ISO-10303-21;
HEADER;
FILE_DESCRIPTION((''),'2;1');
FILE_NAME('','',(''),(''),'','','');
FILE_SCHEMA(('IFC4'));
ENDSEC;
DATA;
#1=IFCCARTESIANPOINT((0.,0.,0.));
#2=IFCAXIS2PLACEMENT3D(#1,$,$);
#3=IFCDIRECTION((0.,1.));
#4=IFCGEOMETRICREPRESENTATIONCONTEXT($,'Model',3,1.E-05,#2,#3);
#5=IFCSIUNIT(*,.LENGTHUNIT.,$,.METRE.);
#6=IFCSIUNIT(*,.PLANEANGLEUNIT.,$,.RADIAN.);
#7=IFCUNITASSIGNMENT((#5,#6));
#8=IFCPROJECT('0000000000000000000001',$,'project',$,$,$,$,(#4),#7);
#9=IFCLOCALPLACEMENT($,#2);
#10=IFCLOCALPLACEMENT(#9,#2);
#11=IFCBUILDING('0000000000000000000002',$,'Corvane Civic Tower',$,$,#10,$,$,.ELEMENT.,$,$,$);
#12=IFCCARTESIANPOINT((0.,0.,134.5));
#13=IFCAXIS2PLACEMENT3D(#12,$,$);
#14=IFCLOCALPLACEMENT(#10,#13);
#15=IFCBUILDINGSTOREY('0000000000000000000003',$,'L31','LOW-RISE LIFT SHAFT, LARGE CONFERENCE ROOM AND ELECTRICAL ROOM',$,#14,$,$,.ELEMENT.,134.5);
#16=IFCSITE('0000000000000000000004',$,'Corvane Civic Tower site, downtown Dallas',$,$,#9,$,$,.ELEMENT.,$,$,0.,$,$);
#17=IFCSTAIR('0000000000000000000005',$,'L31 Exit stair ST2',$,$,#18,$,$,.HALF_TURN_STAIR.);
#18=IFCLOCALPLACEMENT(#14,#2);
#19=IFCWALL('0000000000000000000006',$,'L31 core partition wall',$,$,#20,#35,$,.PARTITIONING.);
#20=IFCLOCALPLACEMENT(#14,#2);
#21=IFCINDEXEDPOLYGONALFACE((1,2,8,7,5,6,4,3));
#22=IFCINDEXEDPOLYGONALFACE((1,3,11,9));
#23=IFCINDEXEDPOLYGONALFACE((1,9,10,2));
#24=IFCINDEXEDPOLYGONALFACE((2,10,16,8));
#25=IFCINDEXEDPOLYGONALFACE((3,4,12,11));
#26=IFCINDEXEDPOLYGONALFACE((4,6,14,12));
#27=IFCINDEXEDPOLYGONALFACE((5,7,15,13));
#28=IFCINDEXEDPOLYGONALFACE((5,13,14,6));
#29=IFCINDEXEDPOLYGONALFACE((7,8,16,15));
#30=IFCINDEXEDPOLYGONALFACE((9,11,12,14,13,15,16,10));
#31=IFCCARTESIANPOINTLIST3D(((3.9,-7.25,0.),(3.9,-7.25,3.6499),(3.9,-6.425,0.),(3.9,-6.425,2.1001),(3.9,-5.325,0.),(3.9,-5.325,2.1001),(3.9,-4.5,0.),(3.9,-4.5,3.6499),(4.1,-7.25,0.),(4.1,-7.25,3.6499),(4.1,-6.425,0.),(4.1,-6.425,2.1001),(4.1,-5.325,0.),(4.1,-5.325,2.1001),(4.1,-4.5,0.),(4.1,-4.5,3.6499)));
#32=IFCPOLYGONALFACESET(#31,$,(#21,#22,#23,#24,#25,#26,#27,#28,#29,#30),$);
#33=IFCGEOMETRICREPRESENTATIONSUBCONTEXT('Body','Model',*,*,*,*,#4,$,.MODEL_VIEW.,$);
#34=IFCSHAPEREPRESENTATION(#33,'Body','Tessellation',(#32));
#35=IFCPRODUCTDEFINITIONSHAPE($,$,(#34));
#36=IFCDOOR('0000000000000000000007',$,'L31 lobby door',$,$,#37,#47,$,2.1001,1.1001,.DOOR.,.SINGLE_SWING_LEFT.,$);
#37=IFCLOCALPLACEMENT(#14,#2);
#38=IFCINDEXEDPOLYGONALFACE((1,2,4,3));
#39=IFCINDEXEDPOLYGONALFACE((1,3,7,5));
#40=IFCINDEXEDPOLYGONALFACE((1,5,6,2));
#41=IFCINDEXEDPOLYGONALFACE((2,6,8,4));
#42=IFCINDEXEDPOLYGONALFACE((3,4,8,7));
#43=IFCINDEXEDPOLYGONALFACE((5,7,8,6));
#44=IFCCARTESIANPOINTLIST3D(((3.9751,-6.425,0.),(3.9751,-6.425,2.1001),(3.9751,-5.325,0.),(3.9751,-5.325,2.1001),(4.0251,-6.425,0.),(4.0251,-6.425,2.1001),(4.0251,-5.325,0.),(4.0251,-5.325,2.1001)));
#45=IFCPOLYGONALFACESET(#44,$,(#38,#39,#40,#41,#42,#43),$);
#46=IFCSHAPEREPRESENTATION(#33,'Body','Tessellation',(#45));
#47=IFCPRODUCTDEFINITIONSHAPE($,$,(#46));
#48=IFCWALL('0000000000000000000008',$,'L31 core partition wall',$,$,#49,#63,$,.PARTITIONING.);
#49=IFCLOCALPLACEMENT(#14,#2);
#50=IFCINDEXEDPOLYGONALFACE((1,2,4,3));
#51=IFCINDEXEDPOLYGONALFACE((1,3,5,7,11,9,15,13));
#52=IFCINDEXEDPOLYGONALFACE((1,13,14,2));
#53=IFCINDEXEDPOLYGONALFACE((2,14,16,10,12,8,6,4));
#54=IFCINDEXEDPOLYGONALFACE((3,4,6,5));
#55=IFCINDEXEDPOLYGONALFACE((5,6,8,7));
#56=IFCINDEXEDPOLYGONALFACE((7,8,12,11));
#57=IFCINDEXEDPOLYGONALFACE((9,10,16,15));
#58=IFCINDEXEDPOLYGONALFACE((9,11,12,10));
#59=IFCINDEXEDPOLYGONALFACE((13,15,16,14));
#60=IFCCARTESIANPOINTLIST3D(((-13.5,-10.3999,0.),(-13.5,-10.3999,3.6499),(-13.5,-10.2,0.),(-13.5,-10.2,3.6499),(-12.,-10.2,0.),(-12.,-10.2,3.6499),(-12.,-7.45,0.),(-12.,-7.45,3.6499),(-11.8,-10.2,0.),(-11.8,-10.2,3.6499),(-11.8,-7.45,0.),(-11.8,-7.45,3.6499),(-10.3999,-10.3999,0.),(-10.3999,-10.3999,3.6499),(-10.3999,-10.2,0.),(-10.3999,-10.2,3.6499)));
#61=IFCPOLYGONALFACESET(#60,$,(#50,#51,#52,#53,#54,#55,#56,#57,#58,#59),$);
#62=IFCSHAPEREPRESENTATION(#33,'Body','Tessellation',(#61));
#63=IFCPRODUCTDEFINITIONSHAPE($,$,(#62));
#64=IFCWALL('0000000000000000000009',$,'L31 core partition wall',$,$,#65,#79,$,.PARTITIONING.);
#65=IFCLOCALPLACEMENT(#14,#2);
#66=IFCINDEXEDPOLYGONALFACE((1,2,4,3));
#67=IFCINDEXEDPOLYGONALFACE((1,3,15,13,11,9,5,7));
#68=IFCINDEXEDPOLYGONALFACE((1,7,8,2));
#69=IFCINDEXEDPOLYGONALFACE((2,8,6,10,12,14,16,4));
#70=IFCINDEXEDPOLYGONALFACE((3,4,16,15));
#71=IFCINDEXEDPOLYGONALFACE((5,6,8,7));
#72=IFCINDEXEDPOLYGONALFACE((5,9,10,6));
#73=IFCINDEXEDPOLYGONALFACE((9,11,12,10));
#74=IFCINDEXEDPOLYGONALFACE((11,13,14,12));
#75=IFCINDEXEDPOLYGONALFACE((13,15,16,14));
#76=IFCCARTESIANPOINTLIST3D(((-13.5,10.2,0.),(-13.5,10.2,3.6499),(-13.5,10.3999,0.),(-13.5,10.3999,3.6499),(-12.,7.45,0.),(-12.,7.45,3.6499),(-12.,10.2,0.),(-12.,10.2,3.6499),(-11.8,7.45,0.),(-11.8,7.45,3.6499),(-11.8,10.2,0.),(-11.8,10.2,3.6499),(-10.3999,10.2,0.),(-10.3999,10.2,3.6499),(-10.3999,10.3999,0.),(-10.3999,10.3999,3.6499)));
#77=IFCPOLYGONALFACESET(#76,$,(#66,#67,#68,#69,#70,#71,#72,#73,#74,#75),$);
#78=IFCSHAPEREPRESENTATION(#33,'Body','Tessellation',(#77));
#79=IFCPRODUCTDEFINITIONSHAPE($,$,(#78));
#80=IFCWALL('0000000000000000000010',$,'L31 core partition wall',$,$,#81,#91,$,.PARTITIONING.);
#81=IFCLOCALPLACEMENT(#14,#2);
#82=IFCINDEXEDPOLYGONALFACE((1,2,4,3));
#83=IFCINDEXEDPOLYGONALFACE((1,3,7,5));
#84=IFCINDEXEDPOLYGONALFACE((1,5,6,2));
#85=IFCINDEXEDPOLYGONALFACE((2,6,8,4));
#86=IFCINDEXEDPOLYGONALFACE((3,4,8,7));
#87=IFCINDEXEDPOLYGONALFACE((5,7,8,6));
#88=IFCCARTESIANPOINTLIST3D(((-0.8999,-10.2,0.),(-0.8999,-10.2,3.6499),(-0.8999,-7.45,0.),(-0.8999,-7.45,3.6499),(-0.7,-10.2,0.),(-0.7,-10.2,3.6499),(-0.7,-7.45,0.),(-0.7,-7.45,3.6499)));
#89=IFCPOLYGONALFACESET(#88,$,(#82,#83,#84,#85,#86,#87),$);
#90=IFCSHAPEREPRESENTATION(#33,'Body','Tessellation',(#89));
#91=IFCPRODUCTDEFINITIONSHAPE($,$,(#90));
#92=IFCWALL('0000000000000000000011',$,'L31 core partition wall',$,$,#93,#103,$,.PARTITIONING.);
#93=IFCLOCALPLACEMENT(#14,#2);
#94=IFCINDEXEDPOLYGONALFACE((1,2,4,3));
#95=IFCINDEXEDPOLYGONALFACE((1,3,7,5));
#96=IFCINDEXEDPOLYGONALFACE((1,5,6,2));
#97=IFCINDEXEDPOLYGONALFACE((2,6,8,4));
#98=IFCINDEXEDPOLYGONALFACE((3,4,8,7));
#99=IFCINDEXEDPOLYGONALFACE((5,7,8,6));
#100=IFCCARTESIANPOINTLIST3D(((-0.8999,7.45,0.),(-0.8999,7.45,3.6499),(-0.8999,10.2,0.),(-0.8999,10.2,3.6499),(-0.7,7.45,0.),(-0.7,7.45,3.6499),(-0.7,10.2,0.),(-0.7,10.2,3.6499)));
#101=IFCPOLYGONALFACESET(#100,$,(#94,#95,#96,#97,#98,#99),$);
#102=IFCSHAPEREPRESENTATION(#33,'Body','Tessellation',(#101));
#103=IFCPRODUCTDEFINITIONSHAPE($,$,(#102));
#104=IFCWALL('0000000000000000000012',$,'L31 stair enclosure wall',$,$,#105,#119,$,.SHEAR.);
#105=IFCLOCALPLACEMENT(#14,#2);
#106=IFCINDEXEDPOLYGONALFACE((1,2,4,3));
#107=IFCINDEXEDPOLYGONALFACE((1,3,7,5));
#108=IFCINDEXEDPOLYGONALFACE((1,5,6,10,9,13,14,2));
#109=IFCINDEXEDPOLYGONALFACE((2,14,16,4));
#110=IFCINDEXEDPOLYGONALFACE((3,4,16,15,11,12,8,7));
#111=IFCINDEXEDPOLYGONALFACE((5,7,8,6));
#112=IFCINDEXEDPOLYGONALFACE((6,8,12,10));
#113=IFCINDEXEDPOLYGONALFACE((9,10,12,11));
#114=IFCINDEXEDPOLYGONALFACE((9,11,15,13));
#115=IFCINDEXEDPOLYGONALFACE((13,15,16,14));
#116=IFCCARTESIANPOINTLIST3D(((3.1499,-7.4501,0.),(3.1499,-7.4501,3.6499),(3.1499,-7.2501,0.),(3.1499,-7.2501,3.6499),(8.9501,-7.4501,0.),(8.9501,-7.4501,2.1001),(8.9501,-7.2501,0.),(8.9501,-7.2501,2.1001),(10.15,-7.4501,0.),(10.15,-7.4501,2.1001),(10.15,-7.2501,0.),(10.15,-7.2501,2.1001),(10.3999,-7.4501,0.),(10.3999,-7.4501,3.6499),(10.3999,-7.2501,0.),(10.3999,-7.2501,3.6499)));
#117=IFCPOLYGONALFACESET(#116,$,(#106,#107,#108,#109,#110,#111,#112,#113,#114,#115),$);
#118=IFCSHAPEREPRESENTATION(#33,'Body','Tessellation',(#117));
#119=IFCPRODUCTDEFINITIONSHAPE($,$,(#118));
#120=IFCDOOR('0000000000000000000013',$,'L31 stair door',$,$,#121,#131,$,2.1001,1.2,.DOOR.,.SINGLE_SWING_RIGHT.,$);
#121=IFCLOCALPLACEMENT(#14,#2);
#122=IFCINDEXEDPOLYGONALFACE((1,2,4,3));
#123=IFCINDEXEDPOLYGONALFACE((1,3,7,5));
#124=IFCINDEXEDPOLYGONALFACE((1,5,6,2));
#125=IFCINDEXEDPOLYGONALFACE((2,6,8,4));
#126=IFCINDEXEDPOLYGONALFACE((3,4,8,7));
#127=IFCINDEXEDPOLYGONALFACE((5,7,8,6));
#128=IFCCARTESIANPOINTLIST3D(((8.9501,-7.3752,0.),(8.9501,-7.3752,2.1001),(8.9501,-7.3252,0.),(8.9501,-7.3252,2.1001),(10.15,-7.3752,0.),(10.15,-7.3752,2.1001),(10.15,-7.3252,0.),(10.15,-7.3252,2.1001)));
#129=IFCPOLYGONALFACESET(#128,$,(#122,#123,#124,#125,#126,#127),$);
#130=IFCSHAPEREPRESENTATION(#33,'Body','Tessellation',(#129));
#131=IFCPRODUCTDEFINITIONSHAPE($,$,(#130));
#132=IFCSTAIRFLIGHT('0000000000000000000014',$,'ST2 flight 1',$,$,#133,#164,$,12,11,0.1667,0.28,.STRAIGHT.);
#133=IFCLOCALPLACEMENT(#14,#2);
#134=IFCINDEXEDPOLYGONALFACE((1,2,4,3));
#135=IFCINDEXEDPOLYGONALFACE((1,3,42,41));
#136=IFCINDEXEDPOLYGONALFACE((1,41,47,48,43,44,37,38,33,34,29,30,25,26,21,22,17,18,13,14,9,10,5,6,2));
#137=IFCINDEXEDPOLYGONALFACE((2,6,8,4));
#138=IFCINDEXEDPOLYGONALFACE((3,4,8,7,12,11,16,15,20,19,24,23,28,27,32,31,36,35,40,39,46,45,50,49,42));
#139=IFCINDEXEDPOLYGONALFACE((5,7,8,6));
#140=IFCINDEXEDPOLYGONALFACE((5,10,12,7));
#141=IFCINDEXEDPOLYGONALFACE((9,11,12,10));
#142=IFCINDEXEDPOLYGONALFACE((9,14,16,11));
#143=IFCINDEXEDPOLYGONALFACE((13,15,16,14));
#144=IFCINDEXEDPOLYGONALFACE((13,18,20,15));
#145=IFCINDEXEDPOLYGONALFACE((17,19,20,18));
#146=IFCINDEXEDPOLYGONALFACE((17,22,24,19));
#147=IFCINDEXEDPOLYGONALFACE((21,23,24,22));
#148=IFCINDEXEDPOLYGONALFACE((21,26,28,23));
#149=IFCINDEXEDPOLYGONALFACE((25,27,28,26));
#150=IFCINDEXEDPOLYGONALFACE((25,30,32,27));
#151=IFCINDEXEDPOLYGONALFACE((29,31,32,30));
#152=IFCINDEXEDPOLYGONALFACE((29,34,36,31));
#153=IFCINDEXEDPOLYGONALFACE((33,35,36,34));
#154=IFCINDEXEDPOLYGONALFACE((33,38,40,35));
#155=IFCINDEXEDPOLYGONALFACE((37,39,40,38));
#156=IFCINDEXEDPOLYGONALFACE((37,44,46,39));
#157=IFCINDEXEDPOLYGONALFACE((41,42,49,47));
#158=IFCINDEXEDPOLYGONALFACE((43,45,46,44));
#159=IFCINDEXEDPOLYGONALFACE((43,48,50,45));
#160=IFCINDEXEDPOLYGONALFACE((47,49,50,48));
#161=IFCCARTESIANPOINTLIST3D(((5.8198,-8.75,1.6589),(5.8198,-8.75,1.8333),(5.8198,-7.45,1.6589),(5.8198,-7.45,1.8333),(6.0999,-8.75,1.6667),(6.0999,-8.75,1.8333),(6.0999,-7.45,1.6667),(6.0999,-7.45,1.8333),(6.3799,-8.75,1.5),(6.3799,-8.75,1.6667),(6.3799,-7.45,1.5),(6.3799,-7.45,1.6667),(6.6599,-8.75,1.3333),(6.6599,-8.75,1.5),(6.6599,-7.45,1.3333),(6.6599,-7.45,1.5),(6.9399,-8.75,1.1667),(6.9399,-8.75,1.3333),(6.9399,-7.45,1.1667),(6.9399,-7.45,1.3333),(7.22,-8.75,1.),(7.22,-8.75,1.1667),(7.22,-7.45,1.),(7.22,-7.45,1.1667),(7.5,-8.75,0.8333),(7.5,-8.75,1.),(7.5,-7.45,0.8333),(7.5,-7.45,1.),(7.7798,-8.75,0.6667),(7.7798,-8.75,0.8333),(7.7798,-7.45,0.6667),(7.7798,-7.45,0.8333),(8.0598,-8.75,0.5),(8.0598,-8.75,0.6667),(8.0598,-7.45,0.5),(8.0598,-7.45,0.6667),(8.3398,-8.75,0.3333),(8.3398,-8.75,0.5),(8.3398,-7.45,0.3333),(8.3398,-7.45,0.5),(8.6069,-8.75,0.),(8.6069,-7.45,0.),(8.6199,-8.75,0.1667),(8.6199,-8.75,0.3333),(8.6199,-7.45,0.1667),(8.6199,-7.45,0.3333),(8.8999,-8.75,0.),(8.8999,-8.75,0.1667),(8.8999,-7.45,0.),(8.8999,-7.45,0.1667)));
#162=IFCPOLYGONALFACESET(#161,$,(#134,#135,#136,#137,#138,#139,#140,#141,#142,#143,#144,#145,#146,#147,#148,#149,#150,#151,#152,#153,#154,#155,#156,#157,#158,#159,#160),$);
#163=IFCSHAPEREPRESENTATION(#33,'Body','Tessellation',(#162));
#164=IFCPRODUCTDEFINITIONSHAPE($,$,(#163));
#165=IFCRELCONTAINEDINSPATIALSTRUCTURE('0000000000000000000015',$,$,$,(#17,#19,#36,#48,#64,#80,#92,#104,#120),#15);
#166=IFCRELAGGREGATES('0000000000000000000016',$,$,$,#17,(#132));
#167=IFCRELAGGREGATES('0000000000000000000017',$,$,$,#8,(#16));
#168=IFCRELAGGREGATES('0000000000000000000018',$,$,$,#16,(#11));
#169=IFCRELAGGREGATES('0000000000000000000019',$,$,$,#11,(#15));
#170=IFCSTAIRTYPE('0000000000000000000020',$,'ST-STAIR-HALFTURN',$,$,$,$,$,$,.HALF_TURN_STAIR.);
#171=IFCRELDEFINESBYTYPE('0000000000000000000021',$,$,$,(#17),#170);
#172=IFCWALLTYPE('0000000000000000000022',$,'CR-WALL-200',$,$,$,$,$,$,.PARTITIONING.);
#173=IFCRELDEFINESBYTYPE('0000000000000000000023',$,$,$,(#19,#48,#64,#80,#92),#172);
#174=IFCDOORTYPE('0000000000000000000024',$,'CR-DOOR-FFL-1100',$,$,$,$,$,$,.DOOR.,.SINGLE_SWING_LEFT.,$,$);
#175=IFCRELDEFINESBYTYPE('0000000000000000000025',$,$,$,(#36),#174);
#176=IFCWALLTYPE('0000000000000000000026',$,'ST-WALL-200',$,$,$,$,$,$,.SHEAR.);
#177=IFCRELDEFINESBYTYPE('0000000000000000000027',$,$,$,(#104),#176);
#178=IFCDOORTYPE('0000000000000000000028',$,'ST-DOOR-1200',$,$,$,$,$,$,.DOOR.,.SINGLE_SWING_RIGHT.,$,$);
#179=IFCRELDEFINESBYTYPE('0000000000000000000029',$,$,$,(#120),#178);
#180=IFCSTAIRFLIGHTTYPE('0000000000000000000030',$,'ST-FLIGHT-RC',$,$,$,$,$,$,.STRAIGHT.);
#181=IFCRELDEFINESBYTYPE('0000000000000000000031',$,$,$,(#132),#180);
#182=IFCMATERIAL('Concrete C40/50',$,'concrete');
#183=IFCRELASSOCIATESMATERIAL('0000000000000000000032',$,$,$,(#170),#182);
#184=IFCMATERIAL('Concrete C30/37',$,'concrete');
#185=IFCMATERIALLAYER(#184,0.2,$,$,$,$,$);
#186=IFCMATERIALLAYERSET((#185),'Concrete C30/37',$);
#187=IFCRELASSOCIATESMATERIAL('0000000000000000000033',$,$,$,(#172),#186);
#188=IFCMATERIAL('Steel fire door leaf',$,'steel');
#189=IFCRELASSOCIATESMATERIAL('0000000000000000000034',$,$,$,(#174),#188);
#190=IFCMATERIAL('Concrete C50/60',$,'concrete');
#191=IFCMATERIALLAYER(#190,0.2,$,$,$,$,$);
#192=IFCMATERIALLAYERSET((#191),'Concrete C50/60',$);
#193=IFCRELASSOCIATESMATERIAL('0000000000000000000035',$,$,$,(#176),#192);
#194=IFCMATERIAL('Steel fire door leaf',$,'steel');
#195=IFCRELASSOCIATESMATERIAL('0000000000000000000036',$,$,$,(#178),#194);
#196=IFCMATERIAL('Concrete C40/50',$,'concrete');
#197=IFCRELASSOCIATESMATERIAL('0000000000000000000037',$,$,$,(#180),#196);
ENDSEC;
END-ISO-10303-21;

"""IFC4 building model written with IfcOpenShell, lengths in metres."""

from ifc_helpers import new_model, si_unit, direction, frame, frame_2d, origin, place, context, subcontext, project, spatial, polyline, rectangle, outline, extrude, material, layer, layer_set, type_object, element, fill, aggregate, save


model = new_model("IFC4")

# Units and contexts
model_context = context("Model", 3, precision=1e-05, world=origin(), true_north=direction((0.0, 1.0)))
body_context = subcontext(model_context, "Body", "Model", "MODEL_VIEW")
ifc_project = project(units=[si_unit("LENGTHUNIT", "METRE"), si_unit("PLANEANGLEUNIT", "RADIAN")], contexts=[model_context])

# Site, building, storey
site_placement = place(None, origin())
site = spatial("IfcSite", under=ifc_project, at=site_placement, Name="Corvane Civic Tower site, downtown Dallas", CompositionType="ELEMENT", RefElevation=0.0)
building_placement = place(site_placement, origin())
building = spatial("IfcBuilding", under=site, at=building_placement, Name="Corvane Civic Tower", CompositionType="ELEMENT")
storey_placement = place(building_placement, frame((0.0, 0.0, 134.5)))
storey = spatial("IfcBuildingStorey", under=building, at=storey_placement, Name="L31", Description="LOW-RISE LIFT SHAFT, LARGE CONFERENCE ROOM AND ELECTRICAL ROOM", CompositionType="ELEMENT", Elevation=134.5)

# Stair
ifc_material_1 = material(Name="Concrete C40/50", Category="concrete")
stair_type = type_object("IfcStairType", Name="ST-STAIR-HALFTURN", PredefinedType="HALF_TURN_STAIR", material=ifc_material_1)
stair_1_placement = place(storey_placement, origin())
stair_1 = element("IfcStair", 1, at=stair_1_placement, inside=storey, type_object=stair_type, Name="L31 Exit stair ST2", PredefinedType="HALF_TURN_STAIR")

# Shared definitions
ifc_material_2 = material(Name="Concrete C30/37", Category="concrete")
ifc_layer_1 = layer(ifc_material_2, 0.2)
ifc_layer_set_1 = layer_set([ifc_layer_1], Name="Concrete C30/37")
wall_type_1 = type_object("IfcWallType", Name="CR-WALL-200", PredefinedType="PARTITIONING", material=ifc_layer_set_1)

# Wall, opening, door
ifc_material_3 = material(Name="Steel fire door leaf", Category="steel")
door_type_1 = type_object("IfcDoorType", Name="CR-DOOR-FFL-1100", OperationType="SINGLE_SWING_LEFT", PredefinedType="DOOR", material=ifc_material_3)
wall_1_placement = place(storey_placement, frame((4.0, -7.25, 0.0), z_axis=(0.0, 0.0, 1.0), x_axis=(0.0, 1.0, 0.0)))
wall_1 = element("IfcWall", 2, at=wall_1_placement, inside=storey, type_object=wall_type_1, Name="L31 core partition wall", PredefinedType="PARTITIONING", context=body_context, shape_type="SweptSolid", body=[
    extrude(rectangle(XDim=2.75, YDim=0.2, at=frame_2d((1.375, 0.0))), origin(), (0.0, 0.0, 1.0), 3.6499),
])
opening_1_placement = place(wall_1_placement, frame((0.825, 0.0, 0.0)))
opening_1 = element("IfcOpeningElement", 3, at=opening_1_placement, cuts=wall_1, PredefinedType="OPENING", context=body_context, shape_type="SweptSolid", body=[
    extrude(rectangle(XDim=1.1001, YDim=2.1001, at=frame_2d((0.55, 1.05))), frame((0.0, 0.1099, 0.0), z_axis=(0.0, -1.0, 0.0), x_axis=(1.0, 0.0, 0.0)), (0.0, 0.0, 1.0), 0.22),
])
door_1_placement = place(opening_1_placement, origin())
door_1 = element("IfcDoor", 4, at=door_1_placement, inside=storey, type_object=door_type_1, Name="L31 lobby door", OperationType="SINGLE_SWING_LEFT", OverallHeight=2.1001, OverallWidth=1.1001, PredefinedType="DOOR", context=body_context, shape_type="SweptSolid", body=[
    extrude(rectangle(XDim=1.1001, YDim=2.1001, at=frame_2d((0.55, 1.05))), frame((0.0, 0.0249, 0.0), z_axis=(0.0, -1.0, 0.0), x_axis=(1.0, 0.0, 0.0)), (0.0, 0.0, 1.0), 0.05),
])
fill(opening_1, door_1)

# Walls
wall_2_placement = place(storey_placement, origin())
element("IfcWall", 5, at=wall_2_placement, inside=storey, type_object=wall_type_1, Name="L31 core partition wall", PredefinedType="PARTITIONING", context=body_context, shape_type="SweptSolid", body=[
    extrude(outline(polyline([(-12.0, -7.45), (-11.8, -7.45), (-11.8, -10.2), (-10.3999, -10.2), (-10.3999, -10.3999), (-13.5, -10.3999), (-13.5, -10.2), (-12.0, -10.2), (-12.0, -7.45)])), origin(), (0.0, 0.0, 1.0), 3.6499),
])
wall_3_placement = place(storey_placement, origin())
element("IfcWall", 6, at=wall_3_placement, inside=storey, type_object=wall_type_1, Name="L31 core partition wall", PredefinedType="PARTITIONING", context=body_context, shape_type="SweptSolid", body=[
    extrude(outline(polyline([(-13.5, 10.3999), (-10.3999, 10.3999), (-10.3999, 10.2), (-11.8, 10.2), (-11.8, 7.45), (-12.0, 7.45), (-12.0, 10.2), (-13.5, 10.2), (-13.5, 10.3999)])), origin(), (0.0, 0.0, 1.0), 3.6499),
])
wall_4_placement = place(storey_placement, origin())
element("IfcWall", 7, at=wall_4_placement, inside=storey, type_object=wall_type_1, Name="L31 core partition wall", PredefinedType="PARTITIONING", context=body_context, shape_type="SweptSolid", body=[
    extrude(outline(polyline([(-0.7, -10.2), (-0.8999, -10.2), (-0.8999, -7.45), (-0.7, -7.45), (-0.7, -10.2)])), origin(), (0.0, 0.0, 1.0), 3.6499),
])
wall_5_placement = place(storey_placement, origin())
element("IfcWall", 8, at=wall_5_placement, inside=storey, type_object=wall_type_1, Name="L31 core partition wall", PredefinedType="PARTITIONING", context=body_context, shape_type="SweptSolid", body=[
    extrude(outline(polyline([(-0.7, 7.45), (-0.8999, 7.45), (-0.8999, 10.2), (-0.7, 10.2), (-0.7, 7.45)])), origin(), (0.0, 0.0, 1.0), 3.6499),
])

# Wall, opening, door
ifc_material_4 = material(Name="Concrete C50/60", Category="concrete")
ifc_layer_2 = layer(ifc_material_4, 0.2)
ifc_layer_set_2 = layer_set([ifc_layer_2], Name="Concrete C50/60")
wall_type_2 = type_object("IfcWallType", Name="ST-WALL-200", PredefinedType="SHEAR", material=ifc_layer_set_2)
wall_6_placement = place(storey_placement, frame((3.1499, -7.3501, 0.0), z_axis=(0.0, 0.0, 1.0), x_axis=(1.0, 0.0, 0.0)))
wall_6 = element("IfcWall", 9, at=wall_6_placement, inside=storey, type_object=wall_type_2, Name="L31 stair enclosure wall", PredefinedType="SHEAR", context=body_context, shape_type="SweptSolid", body=[
    extrude(rectangle(XDim=7.25, YDim=0.2, at=frame_2d((3.625, 0.0))), origin(), (0.0, 0.0, 1.0), 3.6499),
])
opening_2_placement = place(wall_6_placement, frame((5.8, 0.0, 0.0)))
opening_2 = element("IfcOpeningElement", 10, at=opening_2_placement, cuts=wall_6, PredefinedType="OPENING", context=body_context, shape_type="SweptSolid", body=[
    extrude(rectangle(XDim=1.2, YDim=2.1001, at=frame_2d((0.6001, 1.05))), frame((0.0, 0.1099, 0.0), z_axis=(0.0, -1.0, 0.0), x_axis=(1.0, 0.0, 0.0)), (0.0, 0.0, 1.0), 0.22),
])
ifc_material_5 = material(Name="Steel fire door leaf", Category="steel")
door_type_2 = type_object("IfcDoorType", Name="ST-DOOR-1200", OperationType="SINGLE_SWING_RIGHT", PredefinedType="DOOR", material=ifc_material_5)
door_2_placement = place(opening_2_placement, origin())
door_2 = element("IfcDoor", 11, at=door_2_placement, inside=storey, type_object=door_type_2, Name="L31 stair door", OperationType="SINGLE_SWING_RIGHT", OverallHeight=2.1001, OverallWidth=1.2, PredefinedType="DOOR", context=body_context, shape_type="SweptSolid", body=[
    extrude(rectangle(XDim=1.2, YDim=2.1001, at=frame_2d((0.6001, 1.05))), frame((0.0, 0.0249, 0.0), z_axis=(0.0, -1.0, 0.0), x_axis=(1.0, 0.0, 0.0)), (0.0, 0.0, 1.0), 0.05),
])
fill(opening_2, door_2)

# Stair flight
ifc_material_6 = material(Name="Concrete C40/50", Category="concrete")
stair_flight_type = type_object("IfcStairFlightType", Name="ST-FLIGHT-RC", PredefinedType="STRAIGHT", material=ifc_material_6)
stair_flight_1_placement = place(storey_placement, frame((8.8999, -8.1001, 0.0), z_axis=(0.0, 0.0, 1.0), x_axis=(-1.0, 0.0, 0.0)))
stair_flight_1 = element("IfcStairFlight", 12, at=stair_flight_1_placement, type_object=stair_flight_type, Name="ST2 flight 1", NumberOfRisers=12, NumberOfTreads=11, PredefinedType="STRAIGHT", RiserHeight=0.1667, TreadLength=0.28, context=body_context, shape_type="SweptSolid", body=[
    extrude(outline(polyline([(0.0, 0.0), (0.0, 0.1667), (0.28, 0.1667), (0.28, 0.3333), (0.5601, 0.3333), (0.5601, 0.5), (0.8401, 0.5), (0.8401, 0.6667), (1.1201, 0.6667), (1.1201, 0.8333), (1.3999, 0.8333), (1.3999, 1.0), (1.6799, 1.0), (1.6799, 1.1667), (1.96, 1.1667), (1.96, 1.3333), (2.24, 1.3333), (2.24, 1.5), (2.52, 1.5), (2.52, 1.6667), (2.8, 1.6667), (2.8, 1.8333), (3.0801, 1.8333), (3.0801, 2.0), (3.0801, 1.6589), (0.293, 0.0), (0.0, 0.0)])), frame((0.0, 0.6499, 0.0), z_axis=(0.0, -1.0, 0.0), x_axis=(1.0, 0.0, 0.0)), (0.0, 0.0, 1.0), 1.3),
])
aggregate(stair_1, [stair_flight_1])

save(model, "model.ifc")
